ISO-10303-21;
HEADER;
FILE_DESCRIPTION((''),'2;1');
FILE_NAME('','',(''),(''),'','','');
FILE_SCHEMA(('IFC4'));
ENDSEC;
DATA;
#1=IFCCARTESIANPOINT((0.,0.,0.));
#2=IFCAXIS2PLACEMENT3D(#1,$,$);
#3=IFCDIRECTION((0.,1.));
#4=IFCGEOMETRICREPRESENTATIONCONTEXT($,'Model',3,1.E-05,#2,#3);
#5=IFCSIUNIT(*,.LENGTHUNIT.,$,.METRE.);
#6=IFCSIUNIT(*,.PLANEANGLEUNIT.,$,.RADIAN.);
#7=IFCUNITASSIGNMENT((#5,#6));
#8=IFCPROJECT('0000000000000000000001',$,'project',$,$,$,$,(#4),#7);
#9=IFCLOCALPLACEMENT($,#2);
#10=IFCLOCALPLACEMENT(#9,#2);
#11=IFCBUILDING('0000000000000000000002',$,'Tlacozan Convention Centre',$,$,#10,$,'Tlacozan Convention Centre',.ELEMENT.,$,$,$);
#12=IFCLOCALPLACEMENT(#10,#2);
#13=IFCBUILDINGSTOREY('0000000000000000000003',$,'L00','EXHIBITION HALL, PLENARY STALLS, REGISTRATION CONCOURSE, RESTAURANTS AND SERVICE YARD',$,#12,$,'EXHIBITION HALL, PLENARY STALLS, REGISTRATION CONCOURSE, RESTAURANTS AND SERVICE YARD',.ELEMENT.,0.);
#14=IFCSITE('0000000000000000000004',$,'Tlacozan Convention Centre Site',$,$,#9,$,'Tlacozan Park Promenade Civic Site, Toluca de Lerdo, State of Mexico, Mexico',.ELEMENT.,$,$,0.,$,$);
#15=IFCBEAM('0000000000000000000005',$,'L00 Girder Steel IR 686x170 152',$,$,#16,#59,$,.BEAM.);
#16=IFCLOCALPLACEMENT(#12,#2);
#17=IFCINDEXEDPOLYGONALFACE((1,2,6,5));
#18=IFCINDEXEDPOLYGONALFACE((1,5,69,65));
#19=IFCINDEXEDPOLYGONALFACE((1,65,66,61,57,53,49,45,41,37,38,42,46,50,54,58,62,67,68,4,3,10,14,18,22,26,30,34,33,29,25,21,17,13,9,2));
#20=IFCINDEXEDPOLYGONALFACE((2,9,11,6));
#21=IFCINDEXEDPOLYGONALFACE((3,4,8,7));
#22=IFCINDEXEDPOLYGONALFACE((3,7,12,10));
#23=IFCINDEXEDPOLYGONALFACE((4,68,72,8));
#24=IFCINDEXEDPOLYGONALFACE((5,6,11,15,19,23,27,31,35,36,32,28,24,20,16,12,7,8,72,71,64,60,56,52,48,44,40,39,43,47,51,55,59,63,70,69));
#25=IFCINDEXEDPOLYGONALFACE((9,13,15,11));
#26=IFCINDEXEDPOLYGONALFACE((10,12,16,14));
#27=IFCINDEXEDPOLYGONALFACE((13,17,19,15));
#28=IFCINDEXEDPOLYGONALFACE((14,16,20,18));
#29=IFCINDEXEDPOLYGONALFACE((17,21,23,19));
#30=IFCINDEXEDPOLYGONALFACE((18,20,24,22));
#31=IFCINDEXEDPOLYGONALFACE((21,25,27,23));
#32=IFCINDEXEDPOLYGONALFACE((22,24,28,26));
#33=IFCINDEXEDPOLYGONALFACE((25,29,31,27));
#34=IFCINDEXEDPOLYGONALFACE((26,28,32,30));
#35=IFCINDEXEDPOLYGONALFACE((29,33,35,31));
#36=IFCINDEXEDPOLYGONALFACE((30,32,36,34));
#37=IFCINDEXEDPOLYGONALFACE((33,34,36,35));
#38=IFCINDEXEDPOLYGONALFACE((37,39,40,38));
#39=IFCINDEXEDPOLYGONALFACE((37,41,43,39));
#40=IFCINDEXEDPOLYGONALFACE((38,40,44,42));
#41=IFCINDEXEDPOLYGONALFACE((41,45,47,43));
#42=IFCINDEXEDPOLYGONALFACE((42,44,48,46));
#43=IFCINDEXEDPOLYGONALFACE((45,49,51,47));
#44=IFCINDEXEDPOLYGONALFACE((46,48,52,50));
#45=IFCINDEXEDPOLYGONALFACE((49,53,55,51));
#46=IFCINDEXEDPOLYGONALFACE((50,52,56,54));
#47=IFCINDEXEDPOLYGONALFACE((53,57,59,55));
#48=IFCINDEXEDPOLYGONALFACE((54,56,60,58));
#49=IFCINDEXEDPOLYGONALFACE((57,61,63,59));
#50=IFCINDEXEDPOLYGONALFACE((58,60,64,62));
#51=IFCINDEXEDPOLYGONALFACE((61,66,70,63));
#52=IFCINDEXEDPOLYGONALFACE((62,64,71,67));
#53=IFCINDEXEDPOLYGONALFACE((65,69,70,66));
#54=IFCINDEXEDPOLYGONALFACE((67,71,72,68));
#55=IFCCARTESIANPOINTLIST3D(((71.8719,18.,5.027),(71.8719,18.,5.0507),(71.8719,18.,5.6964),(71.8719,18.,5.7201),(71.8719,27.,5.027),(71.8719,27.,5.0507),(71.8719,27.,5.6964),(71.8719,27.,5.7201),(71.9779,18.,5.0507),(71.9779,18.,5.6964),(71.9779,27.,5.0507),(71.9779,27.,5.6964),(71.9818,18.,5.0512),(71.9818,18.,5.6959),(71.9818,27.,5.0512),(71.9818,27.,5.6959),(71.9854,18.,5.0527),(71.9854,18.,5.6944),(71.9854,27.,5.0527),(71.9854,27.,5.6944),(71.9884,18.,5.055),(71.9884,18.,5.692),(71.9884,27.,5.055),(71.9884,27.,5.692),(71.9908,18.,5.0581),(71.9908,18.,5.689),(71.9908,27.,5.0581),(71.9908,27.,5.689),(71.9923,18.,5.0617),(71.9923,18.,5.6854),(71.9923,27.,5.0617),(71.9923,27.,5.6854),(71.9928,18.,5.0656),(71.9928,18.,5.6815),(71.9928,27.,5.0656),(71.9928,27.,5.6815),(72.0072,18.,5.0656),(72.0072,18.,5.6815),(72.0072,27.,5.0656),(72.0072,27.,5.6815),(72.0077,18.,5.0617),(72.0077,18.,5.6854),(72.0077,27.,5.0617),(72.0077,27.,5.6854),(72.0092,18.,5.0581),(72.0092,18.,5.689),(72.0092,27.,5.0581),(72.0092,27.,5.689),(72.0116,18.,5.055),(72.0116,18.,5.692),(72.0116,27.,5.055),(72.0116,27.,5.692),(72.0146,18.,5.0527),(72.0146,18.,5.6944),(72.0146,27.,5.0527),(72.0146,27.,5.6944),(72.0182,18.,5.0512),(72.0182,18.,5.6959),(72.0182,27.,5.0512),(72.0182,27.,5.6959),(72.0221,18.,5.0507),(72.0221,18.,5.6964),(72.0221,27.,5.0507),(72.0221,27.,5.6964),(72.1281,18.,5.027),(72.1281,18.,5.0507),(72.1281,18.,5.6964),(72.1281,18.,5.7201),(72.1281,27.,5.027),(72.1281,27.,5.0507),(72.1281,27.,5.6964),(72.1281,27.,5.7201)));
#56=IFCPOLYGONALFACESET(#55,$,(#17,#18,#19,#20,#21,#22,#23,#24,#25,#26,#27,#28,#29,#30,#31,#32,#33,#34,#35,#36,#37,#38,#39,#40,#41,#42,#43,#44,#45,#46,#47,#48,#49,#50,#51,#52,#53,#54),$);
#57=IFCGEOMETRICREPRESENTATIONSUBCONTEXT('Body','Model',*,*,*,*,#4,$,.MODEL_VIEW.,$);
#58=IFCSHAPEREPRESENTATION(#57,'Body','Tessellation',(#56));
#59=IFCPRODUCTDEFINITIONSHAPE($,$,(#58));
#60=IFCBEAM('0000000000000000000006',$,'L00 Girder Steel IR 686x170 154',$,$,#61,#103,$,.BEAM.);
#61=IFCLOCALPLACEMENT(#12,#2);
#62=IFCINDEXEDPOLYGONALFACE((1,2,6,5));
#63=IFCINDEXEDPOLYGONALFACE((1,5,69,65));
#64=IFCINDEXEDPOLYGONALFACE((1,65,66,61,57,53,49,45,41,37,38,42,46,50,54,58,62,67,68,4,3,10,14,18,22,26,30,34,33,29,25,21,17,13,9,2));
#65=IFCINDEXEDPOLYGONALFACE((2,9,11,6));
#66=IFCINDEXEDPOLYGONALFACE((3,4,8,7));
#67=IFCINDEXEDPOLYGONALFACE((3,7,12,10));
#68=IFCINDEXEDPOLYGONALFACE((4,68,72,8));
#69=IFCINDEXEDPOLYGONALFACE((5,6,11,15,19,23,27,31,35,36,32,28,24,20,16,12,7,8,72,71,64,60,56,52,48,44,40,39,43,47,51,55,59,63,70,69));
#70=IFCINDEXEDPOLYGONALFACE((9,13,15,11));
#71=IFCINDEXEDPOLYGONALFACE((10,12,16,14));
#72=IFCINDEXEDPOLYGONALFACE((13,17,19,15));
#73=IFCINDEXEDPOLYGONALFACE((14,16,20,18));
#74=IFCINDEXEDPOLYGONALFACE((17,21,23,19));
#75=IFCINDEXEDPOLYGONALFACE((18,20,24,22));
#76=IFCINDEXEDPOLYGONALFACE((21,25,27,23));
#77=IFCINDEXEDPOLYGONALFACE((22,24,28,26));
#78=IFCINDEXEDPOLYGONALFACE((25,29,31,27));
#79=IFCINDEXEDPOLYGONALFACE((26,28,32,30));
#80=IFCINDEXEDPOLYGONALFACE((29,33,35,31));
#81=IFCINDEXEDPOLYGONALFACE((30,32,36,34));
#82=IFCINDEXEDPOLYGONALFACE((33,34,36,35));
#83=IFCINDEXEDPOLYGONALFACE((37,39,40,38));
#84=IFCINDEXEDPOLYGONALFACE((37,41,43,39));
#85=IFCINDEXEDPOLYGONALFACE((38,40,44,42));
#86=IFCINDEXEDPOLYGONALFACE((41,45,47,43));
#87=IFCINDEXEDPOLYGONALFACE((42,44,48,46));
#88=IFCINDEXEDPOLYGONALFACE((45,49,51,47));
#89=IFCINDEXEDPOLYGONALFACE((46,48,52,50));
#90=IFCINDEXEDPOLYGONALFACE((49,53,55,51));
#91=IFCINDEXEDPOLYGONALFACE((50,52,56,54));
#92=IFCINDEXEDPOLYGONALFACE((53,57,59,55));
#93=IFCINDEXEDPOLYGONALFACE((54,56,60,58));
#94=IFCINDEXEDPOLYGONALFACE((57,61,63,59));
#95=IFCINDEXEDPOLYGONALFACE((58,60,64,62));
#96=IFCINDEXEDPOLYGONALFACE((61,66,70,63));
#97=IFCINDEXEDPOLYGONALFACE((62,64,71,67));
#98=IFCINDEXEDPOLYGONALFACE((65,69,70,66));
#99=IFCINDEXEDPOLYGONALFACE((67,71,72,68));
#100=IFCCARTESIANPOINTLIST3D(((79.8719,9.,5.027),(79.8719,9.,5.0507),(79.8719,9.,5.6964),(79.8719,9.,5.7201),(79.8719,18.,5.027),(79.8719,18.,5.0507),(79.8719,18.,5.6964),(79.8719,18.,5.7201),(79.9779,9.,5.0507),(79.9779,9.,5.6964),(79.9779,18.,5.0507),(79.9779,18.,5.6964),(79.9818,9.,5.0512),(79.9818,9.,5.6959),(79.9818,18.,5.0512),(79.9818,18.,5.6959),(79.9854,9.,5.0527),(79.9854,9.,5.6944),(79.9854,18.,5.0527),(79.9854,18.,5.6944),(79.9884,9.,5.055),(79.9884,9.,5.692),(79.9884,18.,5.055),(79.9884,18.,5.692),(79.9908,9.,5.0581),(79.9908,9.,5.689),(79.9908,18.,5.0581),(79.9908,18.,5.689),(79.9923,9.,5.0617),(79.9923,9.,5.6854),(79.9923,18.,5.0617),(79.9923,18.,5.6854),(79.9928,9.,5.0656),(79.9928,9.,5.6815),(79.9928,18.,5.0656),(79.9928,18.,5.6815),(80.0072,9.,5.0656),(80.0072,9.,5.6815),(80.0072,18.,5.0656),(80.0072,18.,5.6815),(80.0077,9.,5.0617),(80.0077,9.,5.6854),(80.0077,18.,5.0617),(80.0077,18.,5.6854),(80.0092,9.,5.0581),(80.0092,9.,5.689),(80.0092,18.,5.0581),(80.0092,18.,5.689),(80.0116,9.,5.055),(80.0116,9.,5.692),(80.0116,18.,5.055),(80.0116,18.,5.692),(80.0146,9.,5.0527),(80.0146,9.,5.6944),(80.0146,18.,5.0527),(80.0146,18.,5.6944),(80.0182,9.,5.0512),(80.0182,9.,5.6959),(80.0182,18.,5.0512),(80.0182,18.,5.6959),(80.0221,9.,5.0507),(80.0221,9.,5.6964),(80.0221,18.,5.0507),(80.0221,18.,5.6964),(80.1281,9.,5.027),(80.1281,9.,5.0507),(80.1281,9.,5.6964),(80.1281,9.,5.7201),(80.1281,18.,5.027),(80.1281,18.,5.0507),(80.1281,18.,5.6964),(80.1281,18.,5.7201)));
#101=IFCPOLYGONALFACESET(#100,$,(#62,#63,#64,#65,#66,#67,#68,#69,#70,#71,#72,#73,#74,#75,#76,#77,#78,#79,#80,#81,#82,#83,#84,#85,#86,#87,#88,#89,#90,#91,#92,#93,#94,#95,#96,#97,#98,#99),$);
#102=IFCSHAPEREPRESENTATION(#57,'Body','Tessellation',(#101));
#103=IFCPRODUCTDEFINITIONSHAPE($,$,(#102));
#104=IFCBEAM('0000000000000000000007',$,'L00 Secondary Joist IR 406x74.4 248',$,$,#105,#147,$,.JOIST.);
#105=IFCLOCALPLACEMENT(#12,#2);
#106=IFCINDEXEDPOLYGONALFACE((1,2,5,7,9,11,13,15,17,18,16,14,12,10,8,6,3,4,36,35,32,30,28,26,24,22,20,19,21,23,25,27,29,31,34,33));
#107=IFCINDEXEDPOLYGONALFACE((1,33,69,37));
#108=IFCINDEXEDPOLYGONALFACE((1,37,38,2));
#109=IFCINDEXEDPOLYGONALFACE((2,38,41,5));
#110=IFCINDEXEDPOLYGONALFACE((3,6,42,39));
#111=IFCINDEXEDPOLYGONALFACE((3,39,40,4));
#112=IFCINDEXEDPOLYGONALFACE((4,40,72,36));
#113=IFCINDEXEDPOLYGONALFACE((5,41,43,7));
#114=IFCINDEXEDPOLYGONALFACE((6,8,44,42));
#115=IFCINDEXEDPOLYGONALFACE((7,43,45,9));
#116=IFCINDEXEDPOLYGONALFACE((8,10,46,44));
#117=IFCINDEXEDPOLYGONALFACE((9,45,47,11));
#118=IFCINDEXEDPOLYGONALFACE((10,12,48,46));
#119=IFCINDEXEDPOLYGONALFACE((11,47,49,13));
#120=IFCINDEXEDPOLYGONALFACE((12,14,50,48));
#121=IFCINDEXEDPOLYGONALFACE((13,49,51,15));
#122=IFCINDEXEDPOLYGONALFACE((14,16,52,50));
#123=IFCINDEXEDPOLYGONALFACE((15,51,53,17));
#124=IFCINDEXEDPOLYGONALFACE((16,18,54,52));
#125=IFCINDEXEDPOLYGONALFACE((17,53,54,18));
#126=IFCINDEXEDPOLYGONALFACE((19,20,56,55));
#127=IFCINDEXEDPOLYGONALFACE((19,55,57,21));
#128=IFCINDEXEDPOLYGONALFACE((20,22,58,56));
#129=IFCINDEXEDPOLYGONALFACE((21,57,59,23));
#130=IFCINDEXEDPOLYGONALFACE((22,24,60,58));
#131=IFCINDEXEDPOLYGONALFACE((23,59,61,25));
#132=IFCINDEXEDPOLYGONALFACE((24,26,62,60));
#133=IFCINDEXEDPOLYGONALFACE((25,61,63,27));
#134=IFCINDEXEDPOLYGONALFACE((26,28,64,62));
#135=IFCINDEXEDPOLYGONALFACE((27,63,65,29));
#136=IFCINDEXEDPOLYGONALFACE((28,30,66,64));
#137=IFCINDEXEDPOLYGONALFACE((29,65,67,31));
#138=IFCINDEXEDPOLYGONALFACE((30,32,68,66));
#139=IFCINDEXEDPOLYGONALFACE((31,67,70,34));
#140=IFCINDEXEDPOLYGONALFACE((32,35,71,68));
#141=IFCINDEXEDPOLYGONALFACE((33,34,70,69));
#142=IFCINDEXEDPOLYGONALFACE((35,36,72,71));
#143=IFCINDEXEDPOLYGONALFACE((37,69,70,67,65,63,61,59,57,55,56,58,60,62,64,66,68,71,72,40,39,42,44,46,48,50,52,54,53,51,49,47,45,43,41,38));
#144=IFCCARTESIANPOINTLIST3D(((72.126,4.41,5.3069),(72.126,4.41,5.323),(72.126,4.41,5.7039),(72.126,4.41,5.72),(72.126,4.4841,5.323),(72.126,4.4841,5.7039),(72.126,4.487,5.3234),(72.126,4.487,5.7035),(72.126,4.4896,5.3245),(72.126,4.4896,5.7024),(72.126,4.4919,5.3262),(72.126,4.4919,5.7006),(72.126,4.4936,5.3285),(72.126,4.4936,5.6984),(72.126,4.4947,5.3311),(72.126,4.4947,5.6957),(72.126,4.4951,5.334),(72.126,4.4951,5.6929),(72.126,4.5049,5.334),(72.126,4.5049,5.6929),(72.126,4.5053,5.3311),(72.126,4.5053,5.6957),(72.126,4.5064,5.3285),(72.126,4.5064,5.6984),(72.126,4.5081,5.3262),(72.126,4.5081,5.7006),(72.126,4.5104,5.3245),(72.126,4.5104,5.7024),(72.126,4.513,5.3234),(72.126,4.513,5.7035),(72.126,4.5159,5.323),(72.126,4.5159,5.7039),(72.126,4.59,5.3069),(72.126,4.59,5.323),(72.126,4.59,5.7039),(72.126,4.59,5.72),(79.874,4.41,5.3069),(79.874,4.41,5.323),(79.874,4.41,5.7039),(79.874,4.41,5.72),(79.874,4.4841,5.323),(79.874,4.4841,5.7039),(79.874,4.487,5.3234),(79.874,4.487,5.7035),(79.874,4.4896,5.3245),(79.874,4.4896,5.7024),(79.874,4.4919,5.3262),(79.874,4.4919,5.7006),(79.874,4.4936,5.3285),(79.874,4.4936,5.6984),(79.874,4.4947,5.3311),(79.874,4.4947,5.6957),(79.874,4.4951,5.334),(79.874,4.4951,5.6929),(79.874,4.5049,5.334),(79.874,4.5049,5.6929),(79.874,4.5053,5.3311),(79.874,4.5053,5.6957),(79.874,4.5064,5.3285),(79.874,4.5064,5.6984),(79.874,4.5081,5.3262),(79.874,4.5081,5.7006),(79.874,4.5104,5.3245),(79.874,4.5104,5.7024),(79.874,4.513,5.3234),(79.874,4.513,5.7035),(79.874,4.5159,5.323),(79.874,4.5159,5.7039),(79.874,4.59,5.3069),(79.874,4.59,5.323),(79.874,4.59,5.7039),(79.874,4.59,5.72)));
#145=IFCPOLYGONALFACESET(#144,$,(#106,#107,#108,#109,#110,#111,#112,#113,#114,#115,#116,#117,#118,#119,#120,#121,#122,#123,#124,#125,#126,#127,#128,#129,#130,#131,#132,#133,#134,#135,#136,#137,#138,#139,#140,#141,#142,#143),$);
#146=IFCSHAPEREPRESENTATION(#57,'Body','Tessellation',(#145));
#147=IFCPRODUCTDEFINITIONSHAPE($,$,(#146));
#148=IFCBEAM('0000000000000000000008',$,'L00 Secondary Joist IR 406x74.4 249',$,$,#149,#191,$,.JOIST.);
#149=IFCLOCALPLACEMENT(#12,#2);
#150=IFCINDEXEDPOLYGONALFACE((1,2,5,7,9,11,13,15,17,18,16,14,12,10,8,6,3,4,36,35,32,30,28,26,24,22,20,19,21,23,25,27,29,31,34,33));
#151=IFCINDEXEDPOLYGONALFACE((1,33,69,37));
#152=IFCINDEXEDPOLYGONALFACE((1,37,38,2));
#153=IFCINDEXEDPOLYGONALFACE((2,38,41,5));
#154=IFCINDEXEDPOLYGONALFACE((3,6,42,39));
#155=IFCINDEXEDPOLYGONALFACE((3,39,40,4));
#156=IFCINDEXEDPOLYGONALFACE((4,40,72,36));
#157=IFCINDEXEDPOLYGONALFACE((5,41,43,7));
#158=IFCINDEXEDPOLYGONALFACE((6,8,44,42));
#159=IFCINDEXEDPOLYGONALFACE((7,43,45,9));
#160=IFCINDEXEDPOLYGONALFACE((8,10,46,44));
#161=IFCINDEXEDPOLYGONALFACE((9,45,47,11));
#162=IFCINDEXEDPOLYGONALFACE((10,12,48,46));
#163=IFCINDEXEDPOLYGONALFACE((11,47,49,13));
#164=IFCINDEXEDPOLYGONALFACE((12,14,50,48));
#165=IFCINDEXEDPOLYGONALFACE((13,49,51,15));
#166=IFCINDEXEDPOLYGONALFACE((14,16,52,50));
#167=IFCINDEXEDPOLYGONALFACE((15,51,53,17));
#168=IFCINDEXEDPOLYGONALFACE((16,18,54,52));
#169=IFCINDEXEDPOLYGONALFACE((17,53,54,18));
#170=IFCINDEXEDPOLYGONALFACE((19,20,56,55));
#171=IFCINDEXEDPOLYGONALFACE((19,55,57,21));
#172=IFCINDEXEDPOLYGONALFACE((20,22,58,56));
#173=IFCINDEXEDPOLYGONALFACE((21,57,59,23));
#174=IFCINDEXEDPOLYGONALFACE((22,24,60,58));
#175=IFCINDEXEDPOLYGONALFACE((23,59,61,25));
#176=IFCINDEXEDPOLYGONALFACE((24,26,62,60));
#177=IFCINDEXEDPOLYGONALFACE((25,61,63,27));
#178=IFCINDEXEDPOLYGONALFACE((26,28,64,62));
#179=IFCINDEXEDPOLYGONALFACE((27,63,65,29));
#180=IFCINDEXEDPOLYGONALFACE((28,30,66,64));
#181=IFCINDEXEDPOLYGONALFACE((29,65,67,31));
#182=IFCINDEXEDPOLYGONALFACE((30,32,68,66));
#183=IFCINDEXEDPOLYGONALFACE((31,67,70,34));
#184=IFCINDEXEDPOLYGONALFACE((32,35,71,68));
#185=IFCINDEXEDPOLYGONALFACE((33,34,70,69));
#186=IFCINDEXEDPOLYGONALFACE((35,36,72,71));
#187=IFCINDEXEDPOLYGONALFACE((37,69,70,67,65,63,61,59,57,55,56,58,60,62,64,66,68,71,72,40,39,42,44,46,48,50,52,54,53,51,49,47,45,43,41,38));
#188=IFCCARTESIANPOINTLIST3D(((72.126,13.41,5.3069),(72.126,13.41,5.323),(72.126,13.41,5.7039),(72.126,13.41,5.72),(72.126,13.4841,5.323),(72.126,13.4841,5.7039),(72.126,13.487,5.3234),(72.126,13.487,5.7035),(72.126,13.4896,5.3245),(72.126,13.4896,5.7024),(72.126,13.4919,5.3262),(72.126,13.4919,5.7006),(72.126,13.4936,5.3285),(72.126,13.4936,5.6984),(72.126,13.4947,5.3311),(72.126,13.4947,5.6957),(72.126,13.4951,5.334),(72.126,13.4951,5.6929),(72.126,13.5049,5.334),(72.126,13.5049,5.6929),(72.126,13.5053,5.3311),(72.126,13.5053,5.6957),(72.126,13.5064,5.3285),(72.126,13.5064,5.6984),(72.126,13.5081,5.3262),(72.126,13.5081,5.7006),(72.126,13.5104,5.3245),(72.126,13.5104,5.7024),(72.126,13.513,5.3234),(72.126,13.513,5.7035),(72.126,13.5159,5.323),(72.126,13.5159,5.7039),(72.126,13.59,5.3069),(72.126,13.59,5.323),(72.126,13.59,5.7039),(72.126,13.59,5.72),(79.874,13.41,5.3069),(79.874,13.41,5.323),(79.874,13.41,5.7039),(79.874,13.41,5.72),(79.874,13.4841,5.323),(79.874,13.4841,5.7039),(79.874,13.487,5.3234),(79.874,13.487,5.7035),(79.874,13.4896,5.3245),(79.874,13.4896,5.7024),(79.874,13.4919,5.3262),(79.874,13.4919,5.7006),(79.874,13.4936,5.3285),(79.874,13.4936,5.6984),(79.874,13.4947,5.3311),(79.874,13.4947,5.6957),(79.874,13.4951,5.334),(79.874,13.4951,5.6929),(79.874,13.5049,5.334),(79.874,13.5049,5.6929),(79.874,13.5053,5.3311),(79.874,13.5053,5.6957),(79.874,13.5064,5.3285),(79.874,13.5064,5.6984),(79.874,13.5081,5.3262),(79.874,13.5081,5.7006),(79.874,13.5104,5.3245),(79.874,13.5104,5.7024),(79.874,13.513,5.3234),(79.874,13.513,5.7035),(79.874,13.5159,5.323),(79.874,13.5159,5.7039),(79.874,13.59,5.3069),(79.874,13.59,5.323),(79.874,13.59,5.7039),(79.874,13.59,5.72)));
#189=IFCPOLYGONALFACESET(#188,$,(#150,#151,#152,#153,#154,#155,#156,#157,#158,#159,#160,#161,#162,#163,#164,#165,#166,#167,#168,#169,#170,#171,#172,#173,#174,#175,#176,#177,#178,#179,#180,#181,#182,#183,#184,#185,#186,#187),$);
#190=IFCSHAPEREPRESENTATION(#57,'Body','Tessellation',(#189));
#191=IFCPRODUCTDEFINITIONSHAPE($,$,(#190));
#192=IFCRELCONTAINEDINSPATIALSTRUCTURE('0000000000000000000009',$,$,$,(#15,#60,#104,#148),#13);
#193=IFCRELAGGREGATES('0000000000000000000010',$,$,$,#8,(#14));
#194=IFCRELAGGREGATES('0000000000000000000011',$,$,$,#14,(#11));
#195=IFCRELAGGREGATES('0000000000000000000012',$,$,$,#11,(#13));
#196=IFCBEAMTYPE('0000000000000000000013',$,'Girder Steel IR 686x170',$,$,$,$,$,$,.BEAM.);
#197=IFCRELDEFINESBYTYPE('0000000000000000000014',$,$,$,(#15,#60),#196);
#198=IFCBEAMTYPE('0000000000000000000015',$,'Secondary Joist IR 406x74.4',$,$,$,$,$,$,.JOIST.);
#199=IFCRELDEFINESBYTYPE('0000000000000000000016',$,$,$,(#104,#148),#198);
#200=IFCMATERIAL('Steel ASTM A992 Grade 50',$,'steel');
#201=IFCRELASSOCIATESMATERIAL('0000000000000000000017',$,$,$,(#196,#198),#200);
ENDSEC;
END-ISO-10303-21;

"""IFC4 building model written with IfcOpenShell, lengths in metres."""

from ifc_helpers import new_model, si_unit, direction, frame, origin, origin_2d, place, context, subcontext, project, spatial, i_section, extrude, material, material_profile, profile_set, type_object, element, save


model = new_model("IFC4")

# Units and contexts
model_context = context("Model", 3, precision=1e-05, world=origin(), true_north=direction((0.0, 1.0)))
body_context = subcontext(model_context, "Body", "Model", "MODEL_VIEW")
ifc_project = project(units=[si_unit("LENGTHUNIT", "METRE"), si_unit("PLANEANGLEUNIT", "RADIAN")], contexts=[model_context])

# Site, building, storey
site_placement = place(None, origin())
site = spatial("IfcSite", under=ifc_project, at=site_placement, Name="Tlacozan Convention Centre Site", LongName="Tlacozan Park Promenade Civic Site, Toluca de Lerdo, State of Mexico, Mexico", CompositionType="ELEMENT", RefElevation=0.0)
building_placement = place(site_placement, origin())
building = spatial("IfcBuilding", under=site, at=building_placement, Name="Tlacozan Convention Centre", LongName="Tlacozan Convention Centre", CompositionType="ELEMENT")
storey_placement = place(building_placement, origin())
storey = spatial("IfcBuildingStorey", under=building, at=storey_placement, Name="L00", Description="EXHIBITION HALL, PLENARY STALLS, REGISTRATION CONCOURSE, RESTAURANTS AND SERVICE YARD", LongName="EXHIBITION HALL, PLENARY STALLS, REGISTRATION CONCOURSE, RESTAURANTS AND SERVICE YARD", CompositionType="ELEMENT", Elevation=0.0)

# Beams
ifc_material_1 = material(Name="Steel ASTM A992 Grade 50", Category="steel")
ifc_material_profile_1 = material_profile(ifc_material_1, i_section(OverallWidth=0.2561, OverallDepth=0.6931, WebThickness=0.0144, FlangeThickness=0.0237, FilletRadius=0.0149, at=origin_2d()), Name="IR 686x170.0")
ifc_profile_set_1 = profile_set([ifc_material_profile_1], Name="Steel ASTM A992 Grade 50")
beam_type_1 = type_object("IfcBeamType", Name="Girder Steel IR 686x170", PredefinedType="BEAM", material=ifc_profile_set_1)
for number, where, z_axis, x_axis, name in (
    (1, (72.0, 18.0, 5.3735), (0.0, 1.0, 0.0), (-1.0, 0.0, 0.0), "L00 Girder Steel IR 686x170 152"),
    (2, (80.0, 9.0, 5.3735), (0.0, 1.0, 0.0), (-1.0, 0.0, 0.0), "L00 Girder Steel IR 686x170 154"),
):
    element("IfcBeam", number, at=place(storey_placement, frame(where, z_axis=z_axis, x_axis=x_axis)), inside=storey, type_object=beam_type_1, Name=name, PredefinedType="BEAM", context=body_context, shape_type="SweptSolid", body=[
        extrude(i_section(OverallWidth=0.2561, OverallDepth=0.6931, WebThickness=0.0144, FlangeThickness=0.0237, FilletRadius=0.0149, at=origin_2d()), origin(), (0.0, 0.0, 1.0), 9.0),
    ])
ifc_material_profile_2 = material_profile(ifc_material_1, i_section(OverallWidth=0.1799, OverallDepth=0.4131, WebThickness=0.0098, FlangeThickness=0.0161, FilletRadius=0.011, at=origin_2d()), Name="IR 406x74.4")
ifc_profile_set_2 = profile_set([ifc_material_profile_2], Name="Steel ASTM A992 Grade 50")
beam_type_2 = type_object("IfcBeamType", Name="Secondary Joist IR 406x74.4", PredefinedType="JOIST", material=ifc_profile_set_2)
for number, where, z_axis, x_axis, name in (
    (3, (72.126, 4.5, 5.5134), (1.0, 0.0, 0.0), (0.0, 1.0, 0.0), "L00 Secondary Joist IR 406x74.4 248"),
    (4, (72.126, 13.5, 5.5134), (1.0, 0.0, 0.0), (0.0, 1.0, 0.0), "L00 Secondary Joist IR 406x74.4 249"),
):
    element("IfcBeam", number, at=place(storey_placement, frame(where, z_axis=z_axis, x_axis=x_axis)), inside=storey, type_object=beam_type_2, Name=name, PredefinedType="JOIST", context=body_context, shape_type="SweptSolid", body=[
        extrude(i_section(OverallWidth=0.1799, OverallDepth=0.4131, WebThickness=0.0098, FlangeThickness=0.0161, FilletRadius=0.011, at=origin_2d()), origin(), (0.0, 0.0, 1.0), 7.748),
    ])

save(model, "model.ifc")
